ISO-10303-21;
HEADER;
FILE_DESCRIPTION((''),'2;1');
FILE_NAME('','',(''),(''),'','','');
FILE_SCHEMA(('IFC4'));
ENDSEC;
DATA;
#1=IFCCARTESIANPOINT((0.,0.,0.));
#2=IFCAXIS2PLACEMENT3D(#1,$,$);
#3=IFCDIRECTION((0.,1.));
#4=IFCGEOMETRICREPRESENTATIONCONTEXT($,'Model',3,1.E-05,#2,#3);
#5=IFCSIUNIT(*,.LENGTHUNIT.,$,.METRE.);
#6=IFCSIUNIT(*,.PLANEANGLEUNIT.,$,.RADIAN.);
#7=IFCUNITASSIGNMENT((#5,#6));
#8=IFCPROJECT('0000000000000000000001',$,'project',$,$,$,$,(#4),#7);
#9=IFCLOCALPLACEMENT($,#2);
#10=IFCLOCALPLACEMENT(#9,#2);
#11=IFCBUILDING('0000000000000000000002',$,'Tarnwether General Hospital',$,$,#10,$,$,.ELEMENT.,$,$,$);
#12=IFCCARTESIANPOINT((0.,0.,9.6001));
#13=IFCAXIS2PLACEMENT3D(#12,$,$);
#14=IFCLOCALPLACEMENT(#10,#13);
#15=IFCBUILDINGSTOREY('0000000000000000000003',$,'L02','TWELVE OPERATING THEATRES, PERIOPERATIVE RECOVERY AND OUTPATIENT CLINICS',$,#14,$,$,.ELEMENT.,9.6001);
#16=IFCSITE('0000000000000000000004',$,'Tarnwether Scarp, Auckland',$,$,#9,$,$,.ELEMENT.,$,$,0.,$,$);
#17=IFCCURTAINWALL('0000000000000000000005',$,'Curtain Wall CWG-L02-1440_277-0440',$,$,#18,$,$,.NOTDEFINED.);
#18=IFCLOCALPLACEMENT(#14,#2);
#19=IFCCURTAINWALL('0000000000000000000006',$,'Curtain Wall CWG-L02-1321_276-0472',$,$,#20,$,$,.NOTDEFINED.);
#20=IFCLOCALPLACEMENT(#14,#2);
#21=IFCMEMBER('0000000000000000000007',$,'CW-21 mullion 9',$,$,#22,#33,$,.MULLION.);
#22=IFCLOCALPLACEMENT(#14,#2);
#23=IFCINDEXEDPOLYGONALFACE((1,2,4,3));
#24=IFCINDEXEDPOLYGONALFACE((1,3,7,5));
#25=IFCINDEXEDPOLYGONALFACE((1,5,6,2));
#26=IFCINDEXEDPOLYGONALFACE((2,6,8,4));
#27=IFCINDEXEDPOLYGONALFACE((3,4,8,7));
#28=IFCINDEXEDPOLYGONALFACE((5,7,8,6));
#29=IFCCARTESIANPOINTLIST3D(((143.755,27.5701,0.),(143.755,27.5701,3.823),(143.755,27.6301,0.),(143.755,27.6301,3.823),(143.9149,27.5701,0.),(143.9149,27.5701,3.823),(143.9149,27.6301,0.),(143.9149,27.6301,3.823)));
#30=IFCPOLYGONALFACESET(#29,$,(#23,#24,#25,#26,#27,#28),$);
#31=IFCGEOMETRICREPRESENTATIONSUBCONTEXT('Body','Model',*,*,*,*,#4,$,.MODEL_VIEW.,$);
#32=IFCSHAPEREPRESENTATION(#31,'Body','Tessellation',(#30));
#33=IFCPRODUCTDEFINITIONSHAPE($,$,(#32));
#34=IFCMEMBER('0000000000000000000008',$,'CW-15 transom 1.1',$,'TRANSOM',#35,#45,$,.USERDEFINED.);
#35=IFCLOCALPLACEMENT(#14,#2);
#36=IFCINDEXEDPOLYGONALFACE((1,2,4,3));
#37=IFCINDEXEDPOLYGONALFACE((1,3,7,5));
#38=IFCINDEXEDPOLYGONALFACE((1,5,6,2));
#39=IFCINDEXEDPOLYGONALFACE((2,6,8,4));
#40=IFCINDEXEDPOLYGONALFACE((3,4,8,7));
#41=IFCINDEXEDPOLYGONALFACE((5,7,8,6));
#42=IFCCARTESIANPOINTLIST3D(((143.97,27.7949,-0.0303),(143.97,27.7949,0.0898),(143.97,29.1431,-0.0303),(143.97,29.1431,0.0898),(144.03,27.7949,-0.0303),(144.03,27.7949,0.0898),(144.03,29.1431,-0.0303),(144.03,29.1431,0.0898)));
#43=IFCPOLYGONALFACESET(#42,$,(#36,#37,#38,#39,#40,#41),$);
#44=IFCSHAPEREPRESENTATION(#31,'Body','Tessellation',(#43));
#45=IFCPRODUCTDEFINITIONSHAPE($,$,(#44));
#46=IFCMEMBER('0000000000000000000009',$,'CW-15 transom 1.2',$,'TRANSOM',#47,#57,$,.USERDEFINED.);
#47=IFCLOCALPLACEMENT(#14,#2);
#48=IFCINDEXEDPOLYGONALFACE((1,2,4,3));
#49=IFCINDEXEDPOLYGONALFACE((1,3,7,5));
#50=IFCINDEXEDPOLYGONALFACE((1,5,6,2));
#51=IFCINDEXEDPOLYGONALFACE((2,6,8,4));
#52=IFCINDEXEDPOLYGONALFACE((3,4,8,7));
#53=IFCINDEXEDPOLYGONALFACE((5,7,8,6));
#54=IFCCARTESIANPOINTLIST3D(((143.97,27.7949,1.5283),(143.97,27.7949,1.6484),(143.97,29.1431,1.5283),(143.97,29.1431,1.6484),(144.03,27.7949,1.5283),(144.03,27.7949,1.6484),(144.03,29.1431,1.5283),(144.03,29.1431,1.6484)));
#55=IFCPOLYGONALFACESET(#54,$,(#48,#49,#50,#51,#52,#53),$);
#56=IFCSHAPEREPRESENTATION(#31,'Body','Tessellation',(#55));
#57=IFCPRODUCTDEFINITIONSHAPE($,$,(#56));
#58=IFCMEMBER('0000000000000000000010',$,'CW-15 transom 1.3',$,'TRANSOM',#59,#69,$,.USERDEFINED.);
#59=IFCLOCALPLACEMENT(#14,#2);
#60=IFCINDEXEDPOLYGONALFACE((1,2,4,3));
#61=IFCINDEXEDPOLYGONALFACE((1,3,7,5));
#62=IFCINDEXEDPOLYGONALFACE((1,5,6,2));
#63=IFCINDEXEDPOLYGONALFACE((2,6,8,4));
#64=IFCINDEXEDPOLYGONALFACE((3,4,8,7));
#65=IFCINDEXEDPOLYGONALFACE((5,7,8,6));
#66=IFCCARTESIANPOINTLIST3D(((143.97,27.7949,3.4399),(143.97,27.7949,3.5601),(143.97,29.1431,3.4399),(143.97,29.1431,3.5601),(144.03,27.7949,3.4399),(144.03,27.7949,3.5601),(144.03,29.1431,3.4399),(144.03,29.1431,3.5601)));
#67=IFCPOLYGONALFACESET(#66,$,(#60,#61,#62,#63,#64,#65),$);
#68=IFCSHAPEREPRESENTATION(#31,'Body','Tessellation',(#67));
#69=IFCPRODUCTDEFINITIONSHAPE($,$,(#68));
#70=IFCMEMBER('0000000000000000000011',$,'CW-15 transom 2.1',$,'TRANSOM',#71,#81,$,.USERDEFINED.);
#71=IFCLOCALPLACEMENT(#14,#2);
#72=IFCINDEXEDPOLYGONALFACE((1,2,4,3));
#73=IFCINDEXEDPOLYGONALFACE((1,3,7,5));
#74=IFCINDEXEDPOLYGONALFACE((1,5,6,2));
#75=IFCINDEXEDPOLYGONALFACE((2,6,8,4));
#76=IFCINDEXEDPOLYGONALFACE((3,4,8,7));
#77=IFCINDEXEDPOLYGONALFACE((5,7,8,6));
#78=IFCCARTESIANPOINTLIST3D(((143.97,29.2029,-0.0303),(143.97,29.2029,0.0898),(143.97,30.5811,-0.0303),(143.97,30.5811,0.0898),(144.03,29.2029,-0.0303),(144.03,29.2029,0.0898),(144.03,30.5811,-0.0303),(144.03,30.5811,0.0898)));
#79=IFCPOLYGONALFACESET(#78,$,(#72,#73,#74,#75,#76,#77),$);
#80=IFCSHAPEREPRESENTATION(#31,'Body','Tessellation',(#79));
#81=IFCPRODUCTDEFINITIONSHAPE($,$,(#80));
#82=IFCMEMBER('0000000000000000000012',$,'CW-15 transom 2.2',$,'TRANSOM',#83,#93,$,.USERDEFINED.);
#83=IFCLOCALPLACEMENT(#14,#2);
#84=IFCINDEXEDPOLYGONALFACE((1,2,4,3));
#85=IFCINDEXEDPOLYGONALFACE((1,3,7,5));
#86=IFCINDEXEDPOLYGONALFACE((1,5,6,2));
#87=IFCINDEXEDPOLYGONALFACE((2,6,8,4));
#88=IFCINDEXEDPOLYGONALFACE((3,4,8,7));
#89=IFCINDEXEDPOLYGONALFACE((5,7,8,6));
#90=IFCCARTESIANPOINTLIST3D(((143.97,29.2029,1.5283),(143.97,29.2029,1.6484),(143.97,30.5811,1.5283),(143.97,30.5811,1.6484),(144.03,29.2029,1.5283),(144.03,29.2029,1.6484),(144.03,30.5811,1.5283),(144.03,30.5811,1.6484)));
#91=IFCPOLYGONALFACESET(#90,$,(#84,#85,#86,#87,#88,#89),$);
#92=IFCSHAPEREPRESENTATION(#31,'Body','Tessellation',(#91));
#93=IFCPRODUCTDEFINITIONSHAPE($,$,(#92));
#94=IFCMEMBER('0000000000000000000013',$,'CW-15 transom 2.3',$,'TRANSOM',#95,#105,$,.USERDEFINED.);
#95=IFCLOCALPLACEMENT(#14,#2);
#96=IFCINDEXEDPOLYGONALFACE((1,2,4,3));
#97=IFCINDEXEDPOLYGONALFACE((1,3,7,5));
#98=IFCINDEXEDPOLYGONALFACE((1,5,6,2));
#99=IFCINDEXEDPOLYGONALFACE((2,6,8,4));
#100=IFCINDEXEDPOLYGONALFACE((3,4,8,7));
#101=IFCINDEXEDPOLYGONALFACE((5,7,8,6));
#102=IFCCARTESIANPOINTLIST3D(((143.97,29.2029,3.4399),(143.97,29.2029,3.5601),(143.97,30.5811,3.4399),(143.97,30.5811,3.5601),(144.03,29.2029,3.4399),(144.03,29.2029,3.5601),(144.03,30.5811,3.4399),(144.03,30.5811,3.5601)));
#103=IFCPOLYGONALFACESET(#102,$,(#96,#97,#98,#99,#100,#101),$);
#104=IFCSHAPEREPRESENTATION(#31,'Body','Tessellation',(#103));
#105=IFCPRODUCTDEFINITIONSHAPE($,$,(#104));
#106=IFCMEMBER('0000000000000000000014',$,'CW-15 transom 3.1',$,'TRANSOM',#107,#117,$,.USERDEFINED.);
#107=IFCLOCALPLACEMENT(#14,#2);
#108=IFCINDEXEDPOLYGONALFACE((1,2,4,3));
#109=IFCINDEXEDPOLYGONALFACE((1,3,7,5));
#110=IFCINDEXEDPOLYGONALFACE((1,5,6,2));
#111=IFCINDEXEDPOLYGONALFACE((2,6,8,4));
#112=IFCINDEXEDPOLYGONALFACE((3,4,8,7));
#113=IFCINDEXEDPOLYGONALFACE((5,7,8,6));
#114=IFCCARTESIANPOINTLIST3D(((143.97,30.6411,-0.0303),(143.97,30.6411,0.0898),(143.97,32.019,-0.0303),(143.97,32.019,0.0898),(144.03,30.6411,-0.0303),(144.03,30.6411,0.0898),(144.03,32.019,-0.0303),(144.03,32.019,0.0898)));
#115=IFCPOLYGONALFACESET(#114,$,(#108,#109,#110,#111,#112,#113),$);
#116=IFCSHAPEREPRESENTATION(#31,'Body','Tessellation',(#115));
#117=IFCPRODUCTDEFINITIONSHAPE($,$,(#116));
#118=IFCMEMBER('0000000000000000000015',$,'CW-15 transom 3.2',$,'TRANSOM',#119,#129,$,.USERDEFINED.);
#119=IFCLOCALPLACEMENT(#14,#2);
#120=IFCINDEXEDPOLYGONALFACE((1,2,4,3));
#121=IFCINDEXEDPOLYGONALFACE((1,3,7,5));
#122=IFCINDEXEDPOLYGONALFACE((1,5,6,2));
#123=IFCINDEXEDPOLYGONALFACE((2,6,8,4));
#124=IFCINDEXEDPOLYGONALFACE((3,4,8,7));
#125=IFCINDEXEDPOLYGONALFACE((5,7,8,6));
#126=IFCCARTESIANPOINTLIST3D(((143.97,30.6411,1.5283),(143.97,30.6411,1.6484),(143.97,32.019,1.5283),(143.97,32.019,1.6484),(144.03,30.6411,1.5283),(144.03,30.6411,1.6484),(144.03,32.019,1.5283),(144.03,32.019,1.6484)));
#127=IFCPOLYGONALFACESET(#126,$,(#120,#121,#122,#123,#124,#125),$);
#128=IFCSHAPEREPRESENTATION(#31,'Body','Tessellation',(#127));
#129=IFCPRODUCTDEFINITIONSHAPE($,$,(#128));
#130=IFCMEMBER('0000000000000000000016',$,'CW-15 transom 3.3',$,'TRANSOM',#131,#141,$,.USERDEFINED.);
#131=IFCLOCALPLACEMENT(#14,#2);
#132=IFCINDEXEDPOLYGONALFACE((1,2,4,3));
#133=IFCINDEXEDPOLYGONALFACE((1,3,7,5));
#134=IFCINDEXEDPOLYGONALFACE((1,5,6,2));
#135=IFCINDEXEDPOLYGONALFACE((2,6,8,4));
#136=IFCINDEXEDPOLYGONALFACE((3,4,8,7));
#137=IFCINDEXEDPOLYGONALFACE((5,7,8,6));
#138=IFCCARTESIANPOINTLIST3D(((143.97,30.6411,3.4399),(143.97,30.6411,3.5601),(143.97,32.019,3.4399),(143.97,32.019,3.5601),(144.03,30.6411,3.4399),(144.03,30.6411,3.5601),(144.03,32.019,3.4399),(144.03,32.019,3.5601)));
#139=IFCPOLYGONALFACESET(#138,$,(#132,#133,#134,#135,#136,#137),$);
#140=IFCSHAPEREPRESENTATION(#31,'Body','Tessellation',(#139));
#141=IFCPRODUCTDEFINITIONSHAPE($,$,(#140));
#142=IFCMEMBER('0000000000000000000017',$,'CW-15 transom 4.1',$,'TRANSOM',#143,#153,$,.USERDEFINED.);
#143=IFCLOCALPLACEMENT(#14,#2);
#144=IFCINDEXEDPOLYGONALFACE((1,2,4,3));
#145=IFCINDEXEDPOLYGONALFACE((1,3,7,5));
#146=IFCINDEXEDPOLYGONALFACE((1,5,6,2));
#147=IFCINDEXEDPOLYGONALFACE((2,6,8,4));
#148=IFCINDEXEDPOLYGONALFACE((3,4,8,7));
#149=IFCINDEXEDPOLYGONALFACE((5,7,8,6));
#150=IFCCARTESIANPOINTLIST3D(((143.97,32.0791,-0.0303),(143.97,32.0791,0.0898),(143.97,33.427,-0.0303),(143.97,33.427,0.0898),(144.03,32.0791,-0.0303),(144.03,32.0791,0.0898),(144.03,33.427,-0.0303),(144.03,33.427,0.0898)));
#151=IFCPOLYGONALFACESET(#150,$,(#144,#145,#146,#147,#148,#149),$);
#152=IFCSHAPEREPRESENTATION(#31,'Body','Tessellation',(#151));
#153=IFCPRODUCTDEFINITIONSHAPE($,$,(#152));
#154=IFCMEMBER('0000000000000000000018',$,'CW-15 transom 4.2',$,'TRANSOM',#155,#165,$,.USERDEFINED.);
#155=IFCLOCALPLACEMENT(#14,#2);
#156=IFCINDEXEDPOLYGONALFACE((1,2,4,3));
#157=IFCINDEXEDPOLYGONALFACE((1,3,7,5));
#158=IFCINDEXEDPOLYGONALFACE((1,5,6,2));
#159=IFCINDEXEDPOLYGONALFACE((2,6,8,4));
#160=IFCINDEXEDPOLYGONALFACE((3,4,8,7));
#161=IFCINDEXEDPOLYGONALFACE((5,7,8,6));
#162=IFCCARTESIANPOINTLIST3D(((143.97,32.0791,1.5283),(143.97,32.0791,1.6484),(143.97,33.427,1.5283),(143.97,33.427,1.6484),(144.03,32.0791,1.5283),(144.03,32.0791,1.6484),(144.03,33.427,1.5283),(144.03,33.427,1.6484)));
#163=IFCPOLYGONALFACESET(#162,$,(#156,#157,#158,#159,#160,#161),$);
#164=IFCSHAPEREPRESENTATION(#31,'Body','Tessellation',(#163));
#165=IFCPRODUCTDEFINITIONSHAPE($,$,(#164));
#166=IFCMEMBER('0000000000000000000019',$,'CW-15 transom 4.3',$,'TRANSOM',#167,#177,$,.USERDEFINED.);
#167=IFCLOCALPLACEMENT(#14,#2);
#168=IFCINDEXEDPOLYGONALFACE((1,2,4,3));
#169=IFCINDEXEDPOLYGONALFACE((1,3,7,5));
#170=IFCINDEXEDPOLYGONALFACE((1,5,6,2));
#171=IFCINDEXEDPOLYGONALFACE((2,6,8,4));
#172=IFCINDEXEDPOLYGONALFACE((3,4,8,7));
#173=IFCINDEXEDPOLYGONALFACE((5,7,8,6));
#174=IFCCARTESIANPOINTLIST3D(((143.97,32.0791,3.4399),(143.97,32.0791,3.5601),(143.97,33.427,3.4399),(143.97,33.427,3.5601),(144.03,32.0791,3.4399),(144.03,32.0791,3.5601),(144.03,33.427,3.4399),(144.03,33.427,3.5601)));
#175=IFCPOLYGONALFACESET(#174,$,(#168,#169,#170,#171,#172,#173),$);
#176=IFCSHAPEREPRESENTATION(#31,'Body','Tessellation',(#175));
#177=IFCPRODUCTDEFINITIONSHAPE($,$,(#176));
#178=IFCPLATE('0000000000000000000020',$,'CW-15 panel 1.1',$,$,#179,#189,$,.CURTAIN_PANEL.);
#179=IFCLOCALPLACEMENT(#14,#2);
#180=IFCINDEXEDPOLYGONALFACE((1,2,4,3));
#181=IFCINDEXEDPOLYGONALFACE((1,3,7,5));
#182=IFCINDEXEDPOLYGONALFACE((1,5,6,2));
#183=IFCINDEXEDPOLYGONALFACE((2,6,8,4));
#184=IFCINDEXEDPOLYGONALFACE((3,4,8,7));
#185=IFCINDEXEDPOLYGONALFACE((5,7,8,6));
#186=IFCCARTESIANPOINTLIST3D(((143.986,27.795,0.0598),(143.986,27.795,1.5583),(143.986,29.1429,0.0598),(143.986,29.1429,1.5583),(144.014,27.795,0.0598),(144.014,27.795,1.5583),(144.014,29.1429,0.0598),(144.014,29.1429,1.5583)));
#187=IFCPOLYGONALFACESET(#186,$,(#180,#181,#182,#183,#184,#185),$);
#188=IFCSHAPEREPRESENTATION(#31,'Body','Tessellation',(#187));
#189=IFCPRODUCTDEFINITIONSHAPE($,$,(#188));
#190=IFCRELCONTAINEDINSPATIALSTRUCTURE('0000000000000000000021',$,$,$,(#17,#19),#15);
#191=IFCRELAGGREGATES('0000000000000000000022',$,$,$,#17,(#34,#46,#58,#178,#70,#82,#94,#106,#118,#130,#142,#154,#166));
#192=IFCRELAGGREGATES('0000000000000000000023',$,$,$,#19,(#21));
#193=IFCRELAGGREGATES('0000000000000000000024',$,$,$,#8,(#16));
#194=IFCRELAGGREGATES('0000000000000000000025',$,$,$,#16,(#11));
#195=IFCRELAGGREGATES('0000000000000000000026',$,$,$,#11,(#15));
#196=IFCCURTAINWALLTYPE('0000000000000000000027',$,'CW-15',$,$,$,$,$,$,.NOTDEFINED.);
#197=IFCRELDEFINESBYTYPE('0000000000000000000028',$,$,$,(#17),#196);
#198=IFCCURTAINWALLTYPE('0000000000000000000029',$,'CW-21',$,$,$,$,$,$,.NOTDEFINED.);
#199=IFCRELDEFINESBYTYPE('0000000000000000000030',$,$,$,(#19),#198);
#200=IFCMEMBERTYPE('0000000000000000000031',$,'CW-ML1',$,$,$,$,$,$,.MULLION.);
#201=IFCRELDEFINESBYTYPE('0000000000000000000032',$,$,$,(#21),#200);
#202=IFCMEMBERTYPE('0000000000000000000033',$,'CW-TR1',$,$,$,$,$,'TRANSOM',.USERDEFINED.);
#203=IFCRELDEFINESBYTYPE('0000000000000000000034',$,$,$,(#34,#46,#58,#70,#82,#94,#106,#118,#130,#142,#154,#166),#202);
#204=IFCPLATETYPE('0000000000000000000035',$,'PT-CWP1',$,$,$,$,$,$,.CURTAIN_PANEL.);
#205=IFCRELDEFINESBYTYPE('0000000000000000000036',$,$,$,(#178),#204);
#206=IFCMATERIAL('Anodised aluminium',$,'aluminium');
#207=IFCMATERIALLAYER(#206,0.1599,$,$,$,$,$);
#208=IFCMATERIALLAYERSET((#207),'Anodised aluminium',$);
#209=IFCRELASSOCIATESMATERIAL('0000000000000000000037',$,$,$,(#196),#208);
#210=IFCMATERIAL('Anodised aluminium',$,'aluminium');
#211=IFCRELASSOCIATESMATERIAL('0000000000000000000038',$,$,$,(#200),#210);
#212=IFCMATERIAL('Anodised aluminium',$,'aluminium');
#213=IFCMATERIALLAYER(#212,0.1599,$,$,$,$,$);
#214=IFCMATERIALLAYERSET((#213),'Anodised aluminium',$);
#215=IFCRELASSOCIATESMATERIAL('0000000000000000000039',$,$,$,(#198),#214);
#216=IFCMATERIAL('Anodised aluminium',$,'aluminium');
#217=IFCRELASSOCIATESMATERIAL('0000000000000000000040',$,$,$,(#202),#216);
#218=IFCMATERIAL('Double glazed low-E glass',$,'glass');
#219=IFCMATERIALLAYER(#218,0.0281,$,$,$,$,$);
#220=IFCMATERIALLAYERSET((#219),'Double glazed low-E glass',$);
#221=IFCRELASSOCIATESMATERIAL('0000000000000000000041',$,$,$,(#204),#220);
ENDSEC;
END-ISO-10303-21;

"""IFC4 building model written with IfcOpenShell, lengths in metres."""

from ifc_helpers import new_model, si_unit, direction, frame, origin, origin_2d, place, context, subcontext, project, spatial, rectangle, extrude, material, layer, layer_set, material_profile, profile_set, type_object, element, aggregate, save


model = new_model("IFC4")

# Units and contexts
model_context = context("Model", 3, precision=1e-05, world=origin(), true_north=direction((0.0, 1.0)))
body_context = subcontext(model_context, "Body", "Model", "MODEL_VIEW")
ifc_project = project(units=[si_unit("LENGTHUNIT", "METRE"), si_unit("PLANEANGLEUNIT", "RADIAN")], contexts=[model_context])

# Site, building, storey
site_placement = place(None, origin())
site = spatial("IfcSite", under=ifc_project, at=site_placement, Name="Tarnwether Scarp, Auckland", CompositionType="ELEMENT", RefElevation=0.0)
building_placement = place(site_placement, origin())
building = spatial("IfcBuilding", under=site, at=building_placement, Name="Tarnwether General Hospital", CompositionType="ELEMENT")
storey_placement = place(building_placement, frame((0.0, 0.0, 9.6001)))
storey = spatial("IfcBuildingStorey", under=building, at=storey_placement, Name="L02", Description="TWELVE OPERATING THEATRES, PERIOPERATIVE RECOVERY AND OUTPATIENT CLINICS", CompositionType="ELEMENT", Elevation=9.6001)

# Curtain wall
ifc_material_1 = material(Name="Anodised aluminium", Category="aluminium")
ifc_layer_1 = layer(ifc_material_1, 0.1599)
ifc_layer_set_1 = layer_set([ifc_layer_1], Name="Anodised aluminium")
curtain_wall_type_1 = type_object("IfcCurtainWallType", Name="CW-15", PredefinedType="NOTDEFINED", material=ifc_layer_set_1)
curtain_wall_1_placement = place(storey_placement, origin())
curtain_wall_1 = element("IfcCurtainWall", 1, at=curtain_wall_1_placement, inside=storey, type_object=curtain_wall_type_1, Name="Curtain Wall CWG-L02-1440_277-0440", PredefinedType="NOTDEFINED")
ifc_material_2 = material(Name="Anodised aluminium", Category="aluminium")
ifc_material_profile_1 = material_profile(ifc_material_2, rectangle(XDim=0.0601, YDim=0.1599, at=origin_2d()), Name="ALU-MUL-60x160")
ifc_profile_set_1 = profile_set([ifc_material_profile_1], Name="Anodised aluminium")
member_type_1 = type_object("IfcMemberType", Name="CW-ML1", PredefinedType="MULLION", material=ifc_profile_set_1)

# Curtain wall, member
ifc_material_3 = material(Name="Anodised aluminium", Category="aluminium")
ifc_layer_2 = layer(ifc_material_3, 0.1599)
ifc_layer_set_2 = layer_set([ifc_layer_2], Name="Anodised aluminium")
curtain_wall_type_2 = type_object("IfcCurtainWallType", Name="CW-21", PredefinedType="NOTDEFINED", material=ifc_layer_set_2)
curtain_wall_2_placement = place(storey_placement, origin())
curtain_wall_2 = element("IfcCurtainWall", 2, at=curtain_wall_2_placement, inside=storey, type_object=curtain_wall_type_2, Name="Curtain Wall CWG-L02-1321_276-0472", PredefinedType="NOTDEFINED")
member_1_placement = place(storey_placement, frame((143.835, 27.6001, 0.0), z_axis=(0.0, 0.0, 1.0), x_axis=(0.0, 1.0, 0.0)))
member_1 = element("IfcMember", 3, at=member_1_placement, type_object=member_type_1, Name="CW-21 mullion 9", PredefinedType="MULLION", context=body_context, shape_type="SweptSolid", body=[
    extrude(rectangle(XDim=0.0601, YDim=0.1599, at=origin_2d()), origin(), (0.0, 0.0, 1.0), 3.823),
])

# Members
ifc_material_4 = material(Name="Anodised aluminium", Category="aluminium")
ifc_material_profile_2 = material_profile(ifc_material_4, rectangle(XDim=0.0601, YDim=0.1201, at=origin_2d()), Name="ALU-TRN-60x120")
ifc_profile_set_2 = profile_set([ifc_material_profile_2], Name="Anodised aluminium")
member_type_2 = type_object("IfcMemberType", Name="CW-TR1", ElementType="TRANSOM", PredefinedType="USERDEFINED", material=ifc_profile_set_2)
member_2_placement = place(storey_placement, frame((144.0, 27.7949, 0.0298), z_axis=(0.0, 1.0, 0.0), x_axis=(-1.0, 0.0, 0.0)))
member_2 = element("IfcMember", 4, at=member_2_placement, type_object=member_type_2, Name="CW-15 transom 1.1", ObjectType="TRANSOM", PredefinedType="USERDEFINED", context=body_context, shape_type="SweptSolid", body=[
    extrude(rectangle(XDim=0.0601, YDim=0.1201, at=origin_2d()), origin(), (0.0, 0.0, 1.0), 1.3481),
])
member_3_placement = place(storey_placement, frame((144.0, 27.7949, 1.5884), z_axis=(0.0, 1.0, 0.0), x_axis=(-1.0, 0.0, 0.0)))
member_3 = element("IfcMember", 5, at=member_3_placement, type_object=member_type_2, Name="CW-15 transom 1.2", ObjectType="TRANSOM", PredefinedType="USERDEFINED", context=body_context, shape_type="SweptSolid", body=[
    extrude(rectangle(XDim=0.0601, YDim=0.1201, at=origin_2d()), origin(), (0.0, 0.0, 1.0), 1.3481),
])
member_4_placement = place(storey_placement, frame((144.0, 27.7949, 3.5), z_axis=(0.0, 1.0, 0.0), x_axis=(-1.0, 0.0, 0.0)))
member_4 = element("IfcMember", 6, at=member_4_placement, type_object=member_type_2, Name="CW-15 transom 1.3", ObjectType="TRANSOM", PredefinedType="USERDEFINED", context=body_context, shape_type="SweptSolid", body=[
    extrude(rectangle(XDim=0.0601, YDim=0.1201, at=origin_2d()), origin(), (0.0, 0.0, 1.0), 1.3481),
])
member_5_placement = place(storey_placement, frame((144.0, 29.2029, 0.0298), z_axis=(0.0, 1.0, 0.0), x_axis=(-1.0, 0.0, 0.0)))
member_5 = element("IfcMember", 7, at=member_5_placement, type_object=member_type_2, Name="CW-15 transom 2.1", ObjectType="TRANSOM", PredefinedType="USERDEFINED", context=body_context, shape_type="SweptSolid", body=[
    extrude(rectangle(XDim=0.0601, YDim=0.1201, at=origin_2d()), origin(), (0.0, 0.0, 1.0), 1.3782),
])
member_6_placement = place(storey_placement, frame((144.0, 29.2029, 1.5884), z_axis=(0.0, 1.0, 0.0), x_axis=(-1.0, 0.0, 0.0)))
member_6 = element("IfcMember", 8, at=member_6_placement, type_object=member_type_2, Name="CW-15 transom 2.2", ObjectType="TRANSOM", PredefinedType="USERDEFINED", context=body_context, shape_type="SweptSolid", body=[
    extrude(rectangle(XDim=0.0601, YDim=0.1201, at=origin_2d()), origin(), (0.0, 0.0, 1.0), 1.3782),
])
member_7_placement = place(storey_placement, frame((144.0, 29.2029, 3.5), z_axis=(0.0, 1.0, 0.0), x_axis=(-1.0, 0.0, 0.0)))
member_7 = element("IfcMember", 9, at=member_7_placement, type_object=member_type_2, Name="CW-15 transom 2.3", ObjectType="TRANSOM", PredefinedType="USERDEFINED", context=body_context, shape_type="SweptSolid", body=[
    extrude(rectangle(XDim=0.0601, YDim=0.1201, at=origin_2d()), origin(), (0.0, 0.0, 1.0), 1.3782),
])
member_8_placement = place(storey_placement, frame((144.0, 30.6411, 0.0298), z_axis=(0.0, 1.0, 0.0), x_axis=(-1.0, 0.0, 0.0)))
member_8 = element("IfcMember", 10, at=member_8_placement, type_object=member_type_2, Name="CW-15 transom 3.1", ObjectType="TRANSOM", PredefinedType="USERDEFINED", context=body_context, shape_type="SweptSolid", body=[
    extrude(rectangle(XDim=0.0601, YDim=0.1201, at=origin_2d()), origin(), (0.0, 0.0, 1.0), 1.3779),
])
member_9_placement = place(storey_placement, frame((144.0, 30.6411, 1.5884), z_axis=(0.0, 1.0, 0.0), x_axis=(-1.0, 0.0, 0.0)))
member_9 = element("IfcMember", 11, at=member_9_placement, type_object=member_type_2, Name="CW-15 transom 3.2", ObjectType="TRANSOM", PredefinedType="USERDEFINED", context=body_context, shape_type="SweptSolid", body=[
    extrude(rectangle(XDim=0.0601, YDim=0.1201, at=origin_2d()), origin(), (0.0, 0.0, 1.0), 1.3779),
])
member_10_placement = place(storey_placement, frame((144.0, 30.6411, 3.5), z_axis=(0.0, 1.0, 0.0), x_axis=(-1.0, 0.0, 0.0)))
member_10 = element("IfcMember", 12, at=member_10_placement, type_object=member_type_2, Name="CW-15 transom 3.3", ObjectType="TRANSOM", PredefinedType="USERDEFINED", context=body_context, shape_type="SweptSolid", body=[
    extrude(rectangle(XDim=0.0601, YDim=0.1201, at=origin_2d()), origin(), (0.0, 0.0, 1.0), 1.3779),
])
member_11_placement = place(storey_placement, frame((144.0, 32.0791, 0.0298), z_axis=(0.0, 1.0, 0.0), x_axis=(-1.0, 0.0, 0.0)))
member_11 = element("IfcMember", 13, at=member_11_placement, type_object=member_type_2, Name="CW-15 transom 4.1", ObjectType="TRANSOM", PredefinedType="USERDEFINED", context=body_context, shape_type="SweptSolid", body=[
    extrude(rectangle(XDim=0.0601, YDim=0.1201, at=origin_2d()), origin(), (0.0, 0.0, 1.0), 1.3479),
])
member_12_placement = place(storey_placement, frame((144.0, 32.0791, 1.5884), z_axis=(0.0, 1.0, 0.0), x_axis=(-1.0, 0.0, 0.0)))
member_12 = element("IfcMember", 14, at=member_12_placement, type_object=member_type_2, Name="CW-15 transom 4.2", ObjectType="TRANSOM", PredefinedType="USERDEFINED", context=body_context, shape_type="SweptSolid", body=[
    extrude(rectangle(XDim=0.0601, YDim=0.1201, at=origin_2d()), origin(), (0.0, 0.0, 1.0), 1.3479),
])
member_13_placement = place(storey_placement, frame((144.0, 32.0791, 3.5), z_axis=(0.0, 1.0, 0.0), x_axis=(-1.0, 0.0, 0.0)))
member_13 = element("IfcMember", 15, at=member_13_placement, type_object=member_type_2, Name="CW-15 transom 4.3", ObjectType="TRANSOM", PredefinedType="USERDEFINED", context=body_context, shape_type="SweptSolid", body=[
    extrude(rectangle(XDim=0.0601, YDim=0.1201, at=origin_2d()), origin(), (0.0, 0.0, 1.0), 1.3479),
])

# Plate
ifc_material_5 = material(Name="Double glazed low-E glass", Category="glass")
ifc_layer_3 = layer(ifc_material_5, 0.0281)
ifc_layer_set_3 = layer_set([ifc_layer_3], Name="Double glazed low-E glass")
plate_type = type_object("IfcPlateType", Name="PT-CWP1", PredefinedType="CURTAIN_PANEL", material=ifc_layer_set_3)
plate_1_placement = place(storey_placement, frame((144.0, 28.469, 0.0598), z_axis=(0.0, 0.0, 1.0), x_axis=(0.0, 1.0, 0.0)))
plate_1 = element("IfcPlate", 16, at=plate_1_placement, type_object=plate_type, Name="CW-15 panel 1.1", PredefinedType="CURTAIN_PANEL", context=body_context, shape_type="SweptSolid", body=[
    extrude(rectangle(XDim=1.3479, YDim=0.0281, at=origin_2d()), origin(), (0.0, 0.0, 1.0), 1.4985),
])
aggregate(curtain_wall_1, [member_2, member_3, member_4, plate_1, member_5, member_6, member_7, member_8, member_9, member_10, member_11, member_12, member_13])
aggregate(curtain_wall_2, [member_1])

save(model, "model.ifc")
